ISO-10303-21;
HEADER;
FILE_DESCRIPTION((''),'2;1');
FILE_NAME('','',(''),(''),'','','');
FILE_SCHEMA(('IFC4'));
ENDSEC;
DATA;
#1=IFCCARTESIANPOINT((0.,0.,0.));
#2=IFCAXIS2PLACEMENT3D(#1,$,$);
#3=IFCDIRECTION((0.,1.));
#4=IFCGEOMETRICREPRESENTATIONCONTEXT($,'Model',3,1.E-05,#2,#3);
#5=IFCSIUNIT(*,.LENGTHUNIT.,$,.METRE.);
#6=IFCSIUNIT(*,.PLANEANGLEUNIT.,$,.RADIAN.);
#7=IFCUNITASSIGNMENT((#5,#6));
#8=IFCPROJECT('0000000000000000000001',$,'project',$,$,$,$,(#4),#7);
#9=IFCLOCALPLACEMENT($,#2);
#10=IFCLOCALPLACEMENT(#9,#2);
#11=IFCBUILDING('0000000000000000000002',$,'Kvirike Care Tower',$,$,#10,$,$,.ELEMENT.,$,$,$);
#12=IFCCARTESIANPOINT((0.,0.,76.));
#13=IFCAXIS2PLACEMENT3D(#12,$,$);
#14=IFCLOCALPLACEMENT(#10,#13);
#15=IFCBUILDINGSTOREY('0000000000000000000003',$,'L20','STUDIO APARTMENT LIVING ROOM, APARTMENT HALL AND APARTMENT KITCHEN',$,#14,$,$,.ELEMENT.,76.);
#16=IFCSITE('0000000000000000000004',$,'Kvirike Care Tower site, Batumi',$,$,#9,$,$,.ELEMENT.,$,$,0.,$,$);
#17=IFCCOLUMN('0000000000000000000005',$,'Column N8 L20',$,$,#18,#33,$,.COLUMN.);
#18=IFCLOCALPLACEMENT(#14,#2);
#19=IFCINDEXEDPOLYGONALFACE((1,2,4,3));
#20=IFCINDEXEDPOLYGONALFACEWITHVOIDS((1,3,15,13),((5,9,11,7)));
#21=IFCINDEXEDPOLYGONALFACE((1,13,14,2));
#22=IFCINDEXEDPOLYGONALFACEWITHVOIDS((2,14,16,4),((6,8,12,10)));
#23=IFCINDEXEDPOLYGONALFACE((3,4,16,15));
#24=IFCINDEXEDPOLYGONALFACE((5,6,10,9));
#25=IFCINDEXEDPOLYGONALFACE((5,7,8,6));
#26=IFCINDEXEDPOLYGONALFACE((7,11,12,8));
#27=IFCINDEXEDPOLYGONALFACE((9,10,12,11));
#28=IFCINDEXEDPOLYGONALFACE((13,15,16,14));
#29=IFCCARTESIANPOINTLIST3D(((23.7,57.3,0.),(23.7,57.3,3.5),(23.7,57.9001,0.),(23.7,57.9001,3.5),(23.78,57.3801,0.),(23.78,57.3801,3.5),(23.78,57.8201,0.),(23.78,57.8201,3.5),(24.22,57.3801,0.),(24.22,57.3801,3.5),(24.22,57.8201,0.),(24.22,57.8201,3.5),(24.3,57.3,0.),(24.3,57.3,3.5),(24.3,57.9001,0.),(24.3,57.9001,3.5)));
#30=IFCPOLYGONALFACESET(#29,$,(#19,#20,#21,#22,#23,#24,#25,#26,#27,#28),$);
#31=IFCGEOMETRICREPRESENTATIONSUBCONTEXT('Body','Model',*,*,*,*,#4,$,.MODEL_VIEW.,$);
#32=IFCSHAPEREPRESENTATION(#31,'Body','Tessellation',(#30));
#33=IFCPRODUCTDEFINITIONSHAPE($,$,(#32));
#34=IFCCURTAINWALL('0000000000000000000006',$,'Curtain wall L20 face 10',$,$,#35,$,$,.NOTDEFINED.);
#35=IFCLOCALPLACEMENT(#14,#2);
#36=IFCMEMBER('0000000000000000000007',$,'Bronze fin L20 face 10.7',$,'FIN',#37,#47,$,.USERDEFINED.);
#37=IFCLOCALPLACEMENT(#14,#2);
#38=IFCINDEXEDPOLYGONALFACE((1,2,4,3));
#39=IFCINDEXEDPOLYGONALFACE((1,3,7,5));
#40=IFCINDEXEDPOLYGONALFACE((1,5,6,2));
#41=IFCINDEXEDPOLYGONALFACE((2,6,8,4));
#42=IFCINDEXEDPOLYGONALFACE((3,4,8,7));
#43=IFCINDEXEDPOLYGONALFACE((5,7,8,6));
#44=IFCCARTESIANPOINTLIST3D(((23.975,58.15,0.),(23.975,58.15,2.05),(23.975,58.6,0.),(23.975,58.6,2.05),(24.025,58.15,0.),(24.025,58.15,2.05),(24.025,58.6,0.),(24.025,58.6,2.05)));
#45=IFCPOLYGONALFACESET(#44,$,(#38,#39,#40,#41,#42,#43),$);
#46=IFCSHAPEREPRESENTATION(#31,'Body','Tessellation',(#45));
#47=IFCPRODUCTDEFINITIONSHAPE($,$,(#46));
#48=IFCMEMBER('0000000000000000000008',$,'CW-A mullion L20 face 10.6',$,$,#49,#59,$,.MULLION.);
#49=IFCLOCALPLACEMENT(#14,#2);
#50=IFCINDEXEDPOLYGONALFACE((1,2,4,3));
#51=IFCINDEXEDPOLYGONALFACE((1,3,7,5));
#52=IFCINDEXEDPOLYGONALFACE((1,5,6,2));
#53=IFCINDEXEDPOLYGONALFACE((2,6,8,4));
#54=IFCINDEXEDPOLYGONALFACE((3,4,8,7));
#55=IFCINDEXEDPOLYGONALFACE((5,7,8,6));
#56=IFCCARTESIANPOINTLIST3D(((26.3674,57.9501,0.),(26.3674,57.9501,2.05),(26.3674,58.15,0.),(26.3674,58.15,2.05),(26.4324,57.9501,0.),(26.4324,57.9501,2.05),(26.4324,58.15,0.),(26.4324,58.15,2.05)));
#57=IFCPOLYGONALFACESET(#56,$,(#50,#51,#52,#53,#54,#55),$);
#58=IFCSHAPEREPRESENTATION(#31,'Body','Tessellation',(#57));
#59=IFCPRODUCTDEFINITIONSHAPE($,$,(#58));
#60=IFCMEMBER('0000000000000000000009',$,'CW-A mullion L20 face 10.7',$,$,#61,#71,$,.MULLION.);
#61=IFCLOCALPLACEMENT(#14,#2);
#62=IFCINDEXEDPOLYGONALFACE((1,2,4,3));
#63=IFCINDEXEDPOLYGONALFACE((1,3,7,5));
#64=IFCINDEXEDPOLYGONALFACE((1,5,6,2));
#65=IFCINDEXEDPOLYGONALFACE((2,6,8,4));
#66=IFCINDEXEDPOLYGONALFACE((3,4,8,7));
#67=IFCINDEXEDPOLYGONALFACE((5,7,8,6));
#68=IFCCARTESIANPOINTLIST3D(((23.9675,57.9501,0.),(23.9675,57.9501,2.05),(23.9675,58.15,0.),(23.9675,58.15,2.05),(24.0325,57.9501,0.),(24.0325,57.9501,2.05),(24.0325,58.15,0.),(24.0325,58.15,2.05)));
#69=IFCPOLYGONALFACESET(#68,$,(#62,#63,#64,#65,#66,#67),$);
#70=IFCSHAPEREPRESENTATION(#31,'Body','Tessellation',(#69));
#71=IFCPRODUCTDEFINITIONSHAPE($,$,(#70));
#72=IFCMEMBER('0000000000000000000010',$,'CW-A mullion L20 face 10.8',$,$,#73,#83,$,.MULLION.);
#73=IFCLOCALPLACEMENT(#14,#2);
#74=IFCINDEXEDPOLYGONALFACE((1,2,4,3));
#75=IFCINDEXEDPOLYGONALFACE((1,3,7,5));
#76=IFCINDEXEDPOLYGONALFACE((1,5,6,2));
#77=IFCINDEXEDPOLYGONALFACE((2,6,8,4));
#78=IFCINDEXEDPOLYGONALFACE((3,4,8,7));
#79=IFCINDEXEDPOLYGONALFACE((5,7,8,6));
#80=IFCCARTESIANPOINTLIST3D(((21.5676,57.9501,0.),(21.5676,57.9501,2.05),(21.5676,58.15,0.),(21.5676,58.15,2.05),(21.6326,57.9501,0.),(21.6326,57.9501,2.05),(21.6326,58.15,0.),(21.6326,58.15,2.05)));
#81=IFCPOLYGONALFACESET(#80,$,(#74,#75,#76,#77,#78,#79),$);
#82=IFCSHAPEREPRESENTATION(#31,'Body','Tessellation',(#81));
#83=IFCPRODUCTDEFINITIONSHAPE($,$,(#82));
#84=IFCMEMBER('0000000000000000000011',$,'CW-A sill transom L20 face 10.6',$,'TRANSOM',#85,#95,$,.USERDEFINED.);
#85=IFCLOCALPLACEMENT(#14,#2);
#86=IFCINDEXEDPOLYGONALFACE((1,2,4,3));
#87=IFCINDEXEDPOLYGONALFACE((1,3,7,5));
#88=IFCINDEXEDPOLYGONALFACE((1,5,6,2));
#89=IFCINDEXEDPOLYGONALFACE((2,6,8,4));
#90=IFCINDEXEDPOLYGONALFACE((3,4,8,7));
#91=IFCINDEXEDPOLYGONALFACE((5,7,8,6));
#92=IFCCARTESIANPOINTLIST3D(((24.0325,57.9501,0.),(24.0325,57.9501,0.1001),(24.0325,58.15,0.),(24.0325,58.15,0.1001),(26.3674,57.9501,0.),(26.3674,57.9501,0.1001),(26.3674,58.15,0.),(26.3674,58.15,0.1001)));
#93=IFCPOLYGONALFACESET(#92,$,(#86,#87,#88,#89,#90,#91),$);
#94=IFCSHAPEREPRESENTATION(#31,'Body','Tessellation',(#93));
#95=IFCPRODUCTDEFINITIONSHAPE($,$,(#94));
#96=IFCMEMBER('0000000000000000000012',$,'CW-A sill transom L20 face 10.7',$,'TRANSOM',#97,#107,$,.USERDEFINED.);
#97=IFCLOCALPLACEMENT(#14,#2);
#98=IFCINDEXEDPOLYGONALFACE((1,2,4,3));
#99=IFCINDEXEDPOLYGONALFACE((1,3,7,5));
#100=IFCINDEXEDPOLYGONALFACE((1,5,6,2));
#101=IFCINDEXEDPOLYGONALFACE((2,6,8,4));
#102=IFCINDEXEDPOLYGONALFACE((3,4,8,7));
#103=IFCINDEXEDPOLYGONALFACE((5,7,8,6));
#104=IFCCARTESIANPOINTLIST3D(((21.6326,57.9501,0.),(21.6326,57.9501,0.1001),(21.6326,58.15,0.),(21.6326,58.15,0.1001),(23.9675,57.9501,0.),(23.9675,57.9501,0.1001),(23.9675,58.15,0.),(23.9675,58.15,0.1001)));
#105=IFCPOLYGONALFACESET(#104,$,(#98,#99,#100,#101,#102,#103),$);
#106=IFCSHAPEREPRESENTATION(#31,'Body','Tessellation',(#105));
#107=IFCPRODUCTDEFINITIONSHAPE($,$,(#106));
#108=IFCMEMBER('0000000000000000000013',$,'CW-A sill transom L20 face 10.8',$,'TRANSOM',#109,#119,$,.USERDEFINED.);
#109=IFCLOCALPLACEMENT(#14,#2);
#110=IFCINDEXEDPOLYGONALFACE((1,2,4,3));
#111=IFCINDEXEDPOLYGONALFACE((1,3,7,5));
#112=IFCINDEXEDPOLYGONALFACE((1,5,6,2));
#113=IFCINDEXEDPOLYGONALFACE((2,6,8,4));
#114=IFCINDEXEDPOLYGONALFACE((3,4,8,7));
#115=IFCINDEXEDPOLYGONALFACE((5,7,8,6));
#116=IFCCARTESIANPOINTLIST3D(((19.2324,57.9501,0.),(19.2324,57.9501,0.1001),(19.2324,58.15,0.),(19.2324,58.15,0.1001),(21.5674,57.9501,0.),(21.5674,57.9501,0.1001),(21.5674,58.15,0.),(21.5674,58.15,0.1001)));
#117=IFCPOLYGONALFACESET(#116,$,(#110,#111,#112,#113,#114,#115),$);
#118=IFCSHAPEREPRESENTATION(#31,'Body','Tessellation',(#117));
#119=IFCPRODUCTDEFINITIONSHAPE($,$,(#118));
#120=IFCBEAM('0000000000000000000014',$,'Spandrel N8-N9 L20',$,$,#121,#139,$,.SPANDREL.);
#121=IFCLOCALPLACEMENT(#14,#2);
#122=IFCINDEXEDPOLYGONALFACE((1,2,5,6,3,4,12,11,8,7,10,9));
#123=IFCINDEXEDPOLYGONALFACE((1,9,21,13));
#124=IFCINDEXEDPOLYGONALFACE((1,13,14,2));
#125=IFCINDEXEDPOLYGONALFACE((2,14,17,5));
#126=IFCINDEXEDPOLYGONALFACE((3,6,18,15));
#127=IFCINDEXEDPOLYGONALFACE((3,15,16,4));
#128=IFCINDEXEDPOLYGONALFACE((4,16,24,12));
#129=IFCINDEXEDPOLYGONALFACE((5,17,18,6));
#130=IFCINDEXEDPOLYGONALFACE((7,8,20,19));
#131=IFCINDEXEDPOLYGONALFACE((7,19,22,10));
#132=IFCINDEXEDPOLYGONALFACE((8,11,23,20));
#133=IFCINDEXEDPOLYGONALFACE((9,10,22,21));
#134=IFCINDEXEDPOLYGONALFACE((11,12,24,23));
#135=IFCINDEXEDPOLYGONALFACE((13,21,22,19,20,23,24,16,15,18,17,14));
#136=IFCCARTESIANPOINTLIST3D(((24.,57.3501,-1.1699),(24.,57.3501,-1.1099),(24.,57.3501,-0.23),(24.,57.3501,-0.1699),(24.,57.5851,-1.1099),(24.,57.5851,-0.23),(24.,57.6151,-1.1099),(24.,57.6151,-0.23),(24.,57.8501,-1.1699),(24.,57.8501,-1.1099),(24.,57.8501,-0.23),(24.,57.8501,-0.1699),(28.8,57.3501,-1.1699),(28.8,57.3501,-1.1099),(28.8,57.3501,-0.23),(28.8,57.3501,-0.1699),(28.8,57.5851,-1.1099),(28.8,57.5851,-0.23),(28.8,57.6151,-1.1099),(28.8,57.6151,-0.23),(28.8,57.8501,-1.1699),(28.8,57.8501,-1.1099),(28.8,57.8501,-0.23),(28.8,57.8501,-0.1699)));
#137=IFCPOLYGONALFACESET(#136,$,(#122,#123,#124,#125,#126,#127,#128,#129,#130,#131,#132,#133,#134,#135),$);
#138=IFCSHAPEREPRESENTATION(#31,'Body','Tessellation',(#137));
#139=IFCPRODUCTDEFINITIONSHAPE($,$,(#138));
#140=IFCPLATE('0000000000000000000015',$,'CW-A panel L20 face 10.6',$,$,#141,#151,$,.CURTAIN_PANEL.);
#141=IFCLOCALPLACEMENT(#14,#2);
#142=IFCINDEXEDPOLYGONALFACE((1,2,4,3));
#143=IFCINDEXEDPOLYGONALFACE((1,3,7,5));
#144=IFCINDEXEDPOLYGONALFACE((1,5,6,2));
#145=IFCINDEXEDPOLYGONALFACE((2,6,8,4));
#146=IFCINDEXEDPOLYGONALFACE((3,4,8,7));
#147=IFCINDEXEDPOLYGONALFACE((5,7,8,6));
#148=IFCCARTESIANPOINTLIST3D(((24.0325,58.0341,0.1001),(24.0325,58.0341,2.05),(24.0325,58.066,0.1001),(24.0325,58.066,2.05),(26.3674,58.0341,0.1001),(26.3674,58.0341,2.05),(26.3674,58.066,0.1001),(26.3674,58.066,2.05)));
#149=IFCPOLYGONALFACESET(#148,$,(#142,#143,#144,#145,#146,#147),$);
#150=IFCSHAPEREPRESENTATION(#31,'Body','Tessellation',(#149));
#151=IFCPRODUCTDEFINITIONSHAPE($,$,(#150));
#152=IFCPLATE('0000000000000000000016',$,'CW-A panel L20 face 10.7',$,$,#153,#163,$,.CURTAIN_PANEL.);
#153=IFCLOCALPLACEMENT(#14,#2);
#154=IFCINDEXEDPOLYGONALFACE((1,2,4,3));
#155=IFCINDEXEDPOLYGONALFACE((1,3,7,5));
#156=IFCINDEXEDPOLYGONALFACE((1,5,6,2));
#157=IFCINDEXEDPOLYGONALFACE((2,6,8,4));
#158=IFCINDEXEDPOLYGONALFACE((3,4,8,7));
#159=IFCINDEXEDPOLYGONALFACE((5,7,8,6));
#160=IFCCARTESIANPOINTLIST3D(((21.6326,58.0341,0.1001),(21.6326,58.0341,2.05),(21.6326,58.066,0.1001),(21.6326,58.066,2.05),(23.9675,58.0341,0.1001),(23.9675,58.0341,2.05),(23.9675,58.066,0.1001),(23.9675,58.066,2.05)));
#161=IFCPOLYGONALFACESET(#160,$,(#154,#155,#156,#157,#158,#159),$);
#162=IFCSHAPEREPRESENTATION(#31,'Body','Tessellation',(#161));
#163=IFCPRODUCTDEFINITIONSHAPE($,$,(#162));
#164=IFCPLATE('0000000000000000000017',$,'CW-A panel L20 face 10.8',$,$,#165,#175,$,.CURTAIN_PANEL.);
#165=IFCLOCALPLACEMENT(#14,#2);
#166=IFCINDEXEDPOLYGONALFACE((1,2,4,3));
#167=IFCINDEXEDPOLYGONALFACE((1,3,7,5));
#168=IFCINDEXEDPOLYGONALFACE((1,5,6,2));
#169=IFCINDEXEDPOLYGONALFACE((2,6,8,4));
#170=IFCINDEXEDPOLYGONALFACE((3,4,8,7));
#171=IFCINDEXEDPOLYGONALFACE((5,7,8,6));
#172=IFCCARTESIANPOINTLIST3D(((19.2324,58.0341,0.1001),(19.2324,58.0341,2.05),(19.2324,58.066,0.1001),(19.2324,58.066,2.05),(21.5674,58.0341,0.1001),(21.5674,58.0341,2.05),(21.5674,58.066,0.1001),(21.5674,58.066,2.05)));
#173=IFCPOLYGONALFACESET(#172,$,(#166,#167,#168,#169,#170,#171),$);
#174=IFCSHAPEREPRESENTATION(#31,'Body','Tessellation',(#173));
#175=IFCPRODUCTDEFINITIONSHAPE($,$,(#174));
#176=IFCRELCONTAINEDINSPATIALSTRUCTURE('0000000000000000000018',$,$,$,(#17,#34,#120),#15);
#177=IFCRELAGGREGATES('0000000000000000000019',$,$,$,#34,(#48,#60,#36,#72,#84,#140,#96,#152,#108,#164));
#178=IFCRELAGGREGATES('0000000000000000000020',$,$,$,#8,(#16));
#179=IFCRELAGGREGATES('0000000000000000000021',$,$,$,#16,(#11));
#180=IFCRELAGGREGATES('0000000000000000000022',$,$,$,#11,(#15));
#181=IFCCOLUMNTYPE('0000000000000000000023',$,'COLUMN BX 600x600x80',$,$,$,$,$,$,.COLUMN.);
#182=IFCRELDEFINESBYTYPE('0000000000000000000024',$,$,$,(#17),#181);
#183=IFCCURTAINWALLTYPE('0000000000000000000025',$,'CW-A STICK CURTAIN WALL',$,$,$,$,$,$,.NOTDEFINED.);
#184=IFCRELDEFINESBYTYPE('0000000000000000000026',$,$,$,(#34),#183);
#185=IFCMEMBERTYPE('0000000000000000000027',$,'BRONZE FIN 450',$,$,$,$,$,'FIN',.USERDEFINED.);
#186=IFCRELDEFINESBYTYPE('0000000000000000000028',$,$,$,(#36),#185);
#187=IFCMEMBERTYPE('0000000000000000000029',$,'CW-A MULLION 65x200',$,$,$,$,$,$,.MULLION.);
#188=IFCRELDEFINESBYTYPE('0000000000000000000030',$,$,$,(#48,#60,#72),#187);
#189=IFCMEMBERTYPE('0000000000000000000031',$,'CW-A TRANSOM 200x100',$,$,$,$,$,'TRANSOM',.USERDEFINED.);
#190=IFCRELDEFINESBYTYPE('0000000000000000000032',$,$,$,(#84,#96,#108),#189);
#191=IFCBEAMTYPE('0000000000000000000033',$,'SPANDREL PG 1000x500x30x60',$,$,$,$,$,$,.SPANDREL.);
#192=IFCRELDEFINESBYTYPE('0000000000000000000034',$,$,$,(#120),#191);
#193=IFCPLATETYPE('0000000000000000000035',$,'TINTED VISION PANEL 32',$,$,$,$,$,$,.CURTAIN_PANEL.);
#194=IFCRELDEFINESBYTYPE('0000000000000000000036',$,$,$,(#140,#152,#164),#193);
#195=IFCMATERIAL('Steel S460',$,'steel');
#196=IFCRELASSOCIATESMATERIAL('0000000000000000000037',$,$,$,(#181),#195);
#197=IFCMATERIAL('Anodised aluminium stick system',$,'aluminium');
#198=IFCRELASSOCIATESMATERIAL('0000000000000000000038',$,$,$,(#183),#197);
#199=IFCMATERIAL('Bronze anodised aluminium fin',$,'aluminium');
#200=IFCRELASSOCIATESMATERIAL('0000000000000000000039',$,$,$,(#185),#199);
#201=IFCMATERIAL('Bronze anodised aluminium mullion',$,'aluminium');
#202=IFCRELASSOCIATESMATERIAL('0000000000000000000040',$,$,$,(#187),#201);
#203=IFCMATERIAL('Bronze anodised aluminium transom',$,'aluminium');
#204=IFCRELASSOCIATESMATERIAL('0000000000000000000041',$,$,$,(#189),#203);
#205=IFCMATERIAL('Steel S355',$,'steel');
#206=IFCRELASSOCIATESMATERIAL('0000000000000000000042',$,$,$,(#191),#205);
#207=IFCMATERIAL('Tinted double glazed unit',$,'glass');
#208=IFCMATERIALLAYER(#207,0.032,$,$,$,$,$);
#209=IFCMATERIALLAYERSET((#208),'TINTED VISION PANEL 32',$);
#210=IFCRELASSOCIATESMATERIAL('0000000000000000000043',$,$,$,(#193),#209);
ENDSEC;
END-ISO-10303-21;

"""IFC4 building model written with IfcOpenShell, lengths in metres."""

from ifc_helpers import new_model, si_unit, direction, frame, origin, origin_2d, place, context, subcontext, project, spatial, rectangle, hollow_rectangle, i_section, extrude, material, layer, layer_set, material_profile, profile_set, type_object, element, aggregate, save


model = new_model("IFC4")

# Units and contexts
model_context = context("Model", 3, precision=1e-05, world=origin(), true_north=direction((0.0, 1.0)))
body_context = subcontext(model_context, "Body", "Model", "MODEL_VIEW")
ifc_project = project(units=[si_unit("LENGTHUNIT", "METRE"), si_unit("PLANEANGLEUNIT", "RADIAN")], contexts=[model_context])

# Site, building, storey
site_placement = place(None, origin())
site = spatial("IfcSite", under=ifc_project, at=site_placement, Name="Kvirike Care Tower site, Batumi", CompositionType="ELEMENT", RefElevation=0.0)
building_placement = place(site_placement, origin())
building = spatial("IfcBuilding", under=site, at=building_placement, Name="Kvirike Care Tower", CompositionType="ELEMENT")
storey_placement = place(building_placement, frame((0.0, 0.0, 76.0)))
storey = spatial("IfcBuildingStorey", under=building, at=storey_placement, Name="L20", Description="STUDIO APARTMENT LIVING ROOM, APARTMENT HALL AND APARTMENT KITCHEN", CompositionType="ELEMENT", Elevation=76.0)

# Column
ifc_material_1 = material(Name="Steel S460", Category="steel")
ifc_material_profile_1 = material_profile(ifc_material_1, hollow_rectangle(XDim=0.6001, YDim=0.6001, WallThickness=0.0801, at=origin_2d()), Name="BX 600x600x80")
ifc_profile_set_1 = profile_set([ifc_material_profile_1], Name="Steel S460")
column_type = type_object("IfcColumnType", Name="COLUMN BX 600x600x80", PredefinedType="COLUMN", material=ifc_profile_set_1)
column_placement = place(storey_placement, frame((24.0, 57.6001, 0.0), z_axis=(0.0, 0.0, 1.0), x_axis=(0.0, 1.0, 0.0)))
element("IfcColumn", 1, at=column_placement, inside=storey, type_object=column_type, Name="Column N8 L20", PredefinedType="COLUMN", context=body_context, shape_type="SweptSolid", body=[
    extrude(hollow_rectangle(XDim=0.6001, YDim=0.6001, WallThickness=0.0801, at=origin_2d()), origin(), (0.0, 0.0, 1.0), 3.5),
])

# Curtain wall, members
ifc_material_2 = material(Name="Anodised aluminium stick system", Category="aluminium")
curtain_wall_type = type_object("IfcCurtainWallType", Name="CW-A STICK CURTAIN WALL", PredefinedType="NOTDEFINED", material=ifc_material_2)
curtain_wall_placement = place(storey_placement, origin())
curtain_wall = element("IfcCurtainWall", 2, at=curtain_wall_placement, inside=storey, type_object=curtain_wall_type, Name="Curtain wall L20 face 10", PredefinedType="NOTDEFINED")
ifc_material_3 = material(Name="Bronze anodised aluminium fin", Category="aluminium")
ifc_material_profile_2 = material_profile(ifc_material_3, rectangle(XDim=0.05, YDim=0.45, at=origin_2d()), Name="BRONZE FIN 450")
ifc_profile_set_2 = profile_set([ifc_material_profile_2], Name="Bronze anodised aluminium fin")
member_type_1 = type_object("IfcMemberType", Name="BRONZE FIN 450", ElementType="FIN", PredefinedType="USERDEFINED", material=ifc_profile_set_2)
member_1_placement = place(storey_placement, frame((24.0, 58.375, 0.0), z_axis=(0.0, 0.0, 1.0), x_axis=(-1.0, 0.0, 0.0)))
member_1 = element("IfcMember", 3, at=member_1_placement, type_object=member_type_1, Name="Bronze fin L20 face 10.7", ObjectType="FIN", PredefinedType="USERDEFINED", context=body_context, shape_type="SweptSolid", body=[
    extrude(rectangle(XDim=0.05, YDim=0.45, at=origin_2d()), origin(), (0.0, 0.0, 1.0), 2.05),
])
ifc_material_4 = material(Name="Bronze anodised aluminium mullion", Category="aluminium")
ifc_material_profile_3 = material_profile(ifc_material_4, rectangle(XDim=0.0649, YDim=0.2, at=origin_2d()), Name="CW-A MULLION 65x200")
ifc_profile_set_3 = profile_set([ifc_material_profile_3], Name="Bronze anodised aluminium mullion")
member_type_2 = type_object("IfcMemberType", Name="CW-A MULLION 65x200", PredefinedType="MULLION", material=ifc_profile_set_3)
member_2_placement = place(storey_placement, frame((26.3999, 58.05, 0.0), z_axis=(0.0, 0.0, 1.0), x_axis=(-1.0, 0.0, 0.0)))
member_2 = element("IfcMember", 4, at=member_2_placement, type_object=member_type_2, Name="CW-A mullion L20 face 10.6", PredefinedType="MULLION", context=body_context, shape_type="SweptSolid", body=[
    extrude(rectangle(XDim=0.0649, YDim=0.2, at=origin_2d()), origin(), (0.0, 0.0, 1.0), 2.05),
])
member_3_placement = place(storey_placement, frame((24.0, 58.05, 0.0), z_axis=(0.0, 0.0, 1.0), x_axis=(-1.0, 0.0, 0.0)))
member_3 = element("IfcMember", 5, at=member_3_placement, type_object=member_type_2, Name="CW-A mullion L20 face 10.7", PredefinedType="MULLION", context=body_context, shape_type="SweptSolid", body=[
    extrude(rectangle(XDim=0.0649, YDim=0.2, at=origin_2d()), origin(), (0.0, 0.0, 1.0), 2.05),
])
member_4_placement = place(storey_placement, frame((21.6001, 58.05, 0.0), z_axis=(0.0, 0.0, 1.0), x_axis=(-1.0, 0.0, 0.0)))
member_4 = element("IfcMember", 6, at=member_4_placement, type_object=member_type_2, Name="CW-A mullion L20 face 10.8", PredefinedType="MULLION", context=body_context, shape_type="SweptSolid", body=[
    extrude(rectangle(XDim=0.0649, YDim=0.2, at=origin_2d()), origin(), (0.0, 0.0, 1.0), 2.05),
])
ifc_material_5 = material(Name="Bronze anodised aluminium transom", Category="aluminium")
ifc_material_profile_4 = material_profile(ifc_material_5, rectangle(XDim=0.2, YDim=0.1001, at=origin_2d()), Name="CW-A TRANSOM 200x100")
ifc_profile_set_4 = profile_set([ifc_material_profile_4], Name="Bronze anodised aluminium transom")
member_type_3 = type_object("IfcMemberType", Name="CW-A TRANSOM 200x100", ElementType="TRANSOM", PredefinedType="USERDEFINED", material=ifc_profile_set_4)
member_5_placement = place(storey_placement, frame((26.3674, 58.05, 0.05), z_axis=(-1.0, 0.0, 0.0), x_axis=(0.0, -1.0, 0.0)))
member_5 = element("IfcMember", 7, at=member_5_placement, type_object=member_type_3, Name="CW-A sill transom L20 face 10.6", ObjectType="TRANSOM", PredefinedType="USERDEFINED", context=body_context, shape_type="SweptSolid", body=[
    extrude(rectangle(XDim=0.2, YDim=0.1001, at=origin_2d()), origin(), (0.0, 0.0, 1.0), 2.335),
])
member_6_placement = place(storey_placement, frame((23.9675, 58.05, 0.05), z_axis=(-1.0, 0.0, 0.0), x_axis=(0.0, -1.0, 0.0)))
member_6 = element("IfcMember", 8, at=member_6_placement, type_object=member_type_3, Name="CW-A sill transom L20 face 10.7", ObjectType="TRANSOM", PredefinedType="USERDEFINED", context=body_context, shape_type="SweptSolid", body=[
    extrude(rectangle(XDim=0.2, YDim=0.1001, at=origin_2d()), origin(), (0.0, 0.0, 1.0), 2.335),
])
member_7_placement = place(storey_placement, frame((21.5674, 58.05, 0.05), z_axis=(-1.0, 0.0, 0.0), x_axis=(0.0, -1.0, 0.0)))
member_7 = element("IfcMember", 9, at=member_7_placement, type_object=member_type_3, Name="CW-A sill transom L20 face 10.8", ObjectType="TRANSOM", PredefinedType="USERDEFINED", context=body_context, shape_type="SweptSolid", body=[
    extrude(rectangle(XDim=0.2, YDim=0.1001, at=origin_2d()), origin(), (0.0, 0.0, 1.0), 2.335),
])

# Beam
ifc_material_6 = material(Name="Steel S355", Category="steel")
ifc_material_profile_5 = material_profile(ifc_material_6, i_section(OverallWidth=0.5, OverallDepth=1.0, WebThickness=0.03, FlangeThickness=0.0601, at=origin_2d()), Name="PG 1000x500x30x60")
ifc_profile_set_5 = profile_set([ifc_material_profile_5], Name="Steel S355")
beam_type = type_object("IfcBeamType", Name="SPANDREL PG 1000x500x30x60", PredefinedType="SPANDREL", material=ifc_profile_set_5)
beam_placement = place(storey_placement, frame((24.0, 57.6001, -0.6699), z_axis=(1.0, 0.0, 0.0), x_axis=(0.0, 1.0, 0.0)))
element("IfcBeam", 10, at=beam_placement, inside=storey, type_object=beam_type, Name="Spandrel N8-N9 L20", PredefinedType="SPANDREL", context=body_context, shape_type="SweptSolid", body=[
    extrude(i_section(OverallWidth=0.5, OverallDepth=1.0, WebThickness=0.03, FlangeThickness=0.0601, at=origin_2d()), origin(), (0.0, 0.0, 1.0), 4.8),
])

# Plates
ifc_material_7 = material(Name="Tinted double glazed unit", Category="glass")
ifc_layer_1 = layer(ifc_material_7, 0.032)
ifc_layer_set_1 = layer_set([ifc_layer_1], Name="TINTED VISION PANEL 32")
plate_type = type_object("IfcPlateType", Name="TINTED VISION PANEL 32", PredefinedType="CURTAIN_PANEL", material=ifc_layer_set_1)
plate_1_placement = place(storey_placement, frame((25.2, 58.05, 0.1001), z_axis=(0.0, 0.0, 1.0), x_axis=(-1.0, 0.0, 0.0)))
plate_1 = element("IfcPlate", 11, at=plate_1_placement, type_object=plate_type, Name="CW-A panel L20 face 10.6", PredefinedType="CURTAIN_PANEL", context=body_context, shape_type="SweptSolid", body=[
    extrude(rectangle(XDim=2.335, YDim=0.032, at=origin_2d()), origin(), (0.0, 0.0, 1.0), 1.95),
])
plate_2_placement = place(storey_placement, frame((22.8, 58.05, 0.1001), z_axis=(0.0, 0.0, 1.0), x_axis=(-1.0, 0.0, 0.0)))
plate_2 = element("IfcPlate", 12, at=plate_2_placement, type_object=plate_type, Name="CW-A panel L20 face 10.7", PredefinedType="CURTAIN_PANEL", context=body_context, shape_type="SweptSolid", body=[
    extrude(rectangle(XDim=2.335, YDim=0.032, at=origin_2d()), origin(), (0.0, 0.0, 1.0), 1.95),
])
plate_3_placement = place(storey_placement, frame((20.3999, 58.05, 0.1001), z_axis=(0.0, 0.0, 1.0), x_axis=(-1.0, 0.0, 0.0)))
plate_3 = element("IfcPlate", 13, at=plate_3_placement, type_object=plate_type, Name="CW-A panel L20 face 10.8", PredefinedType="CURTAIN_PANEL", context=body_context, shape_type="SweptSolid", body=[
    extrude(rectangle(XDim=2.335, YDim=0.032, at=origin_2d()), origin(), (0.0, 0.0, 1.0), 1.95),
])
aggregate(curtain_wall, [member_2, member_3, member_1, member_4, member_5, plate_1, member_6, plate_2, member_7, plate_3])

save(model, "model.ifc")
